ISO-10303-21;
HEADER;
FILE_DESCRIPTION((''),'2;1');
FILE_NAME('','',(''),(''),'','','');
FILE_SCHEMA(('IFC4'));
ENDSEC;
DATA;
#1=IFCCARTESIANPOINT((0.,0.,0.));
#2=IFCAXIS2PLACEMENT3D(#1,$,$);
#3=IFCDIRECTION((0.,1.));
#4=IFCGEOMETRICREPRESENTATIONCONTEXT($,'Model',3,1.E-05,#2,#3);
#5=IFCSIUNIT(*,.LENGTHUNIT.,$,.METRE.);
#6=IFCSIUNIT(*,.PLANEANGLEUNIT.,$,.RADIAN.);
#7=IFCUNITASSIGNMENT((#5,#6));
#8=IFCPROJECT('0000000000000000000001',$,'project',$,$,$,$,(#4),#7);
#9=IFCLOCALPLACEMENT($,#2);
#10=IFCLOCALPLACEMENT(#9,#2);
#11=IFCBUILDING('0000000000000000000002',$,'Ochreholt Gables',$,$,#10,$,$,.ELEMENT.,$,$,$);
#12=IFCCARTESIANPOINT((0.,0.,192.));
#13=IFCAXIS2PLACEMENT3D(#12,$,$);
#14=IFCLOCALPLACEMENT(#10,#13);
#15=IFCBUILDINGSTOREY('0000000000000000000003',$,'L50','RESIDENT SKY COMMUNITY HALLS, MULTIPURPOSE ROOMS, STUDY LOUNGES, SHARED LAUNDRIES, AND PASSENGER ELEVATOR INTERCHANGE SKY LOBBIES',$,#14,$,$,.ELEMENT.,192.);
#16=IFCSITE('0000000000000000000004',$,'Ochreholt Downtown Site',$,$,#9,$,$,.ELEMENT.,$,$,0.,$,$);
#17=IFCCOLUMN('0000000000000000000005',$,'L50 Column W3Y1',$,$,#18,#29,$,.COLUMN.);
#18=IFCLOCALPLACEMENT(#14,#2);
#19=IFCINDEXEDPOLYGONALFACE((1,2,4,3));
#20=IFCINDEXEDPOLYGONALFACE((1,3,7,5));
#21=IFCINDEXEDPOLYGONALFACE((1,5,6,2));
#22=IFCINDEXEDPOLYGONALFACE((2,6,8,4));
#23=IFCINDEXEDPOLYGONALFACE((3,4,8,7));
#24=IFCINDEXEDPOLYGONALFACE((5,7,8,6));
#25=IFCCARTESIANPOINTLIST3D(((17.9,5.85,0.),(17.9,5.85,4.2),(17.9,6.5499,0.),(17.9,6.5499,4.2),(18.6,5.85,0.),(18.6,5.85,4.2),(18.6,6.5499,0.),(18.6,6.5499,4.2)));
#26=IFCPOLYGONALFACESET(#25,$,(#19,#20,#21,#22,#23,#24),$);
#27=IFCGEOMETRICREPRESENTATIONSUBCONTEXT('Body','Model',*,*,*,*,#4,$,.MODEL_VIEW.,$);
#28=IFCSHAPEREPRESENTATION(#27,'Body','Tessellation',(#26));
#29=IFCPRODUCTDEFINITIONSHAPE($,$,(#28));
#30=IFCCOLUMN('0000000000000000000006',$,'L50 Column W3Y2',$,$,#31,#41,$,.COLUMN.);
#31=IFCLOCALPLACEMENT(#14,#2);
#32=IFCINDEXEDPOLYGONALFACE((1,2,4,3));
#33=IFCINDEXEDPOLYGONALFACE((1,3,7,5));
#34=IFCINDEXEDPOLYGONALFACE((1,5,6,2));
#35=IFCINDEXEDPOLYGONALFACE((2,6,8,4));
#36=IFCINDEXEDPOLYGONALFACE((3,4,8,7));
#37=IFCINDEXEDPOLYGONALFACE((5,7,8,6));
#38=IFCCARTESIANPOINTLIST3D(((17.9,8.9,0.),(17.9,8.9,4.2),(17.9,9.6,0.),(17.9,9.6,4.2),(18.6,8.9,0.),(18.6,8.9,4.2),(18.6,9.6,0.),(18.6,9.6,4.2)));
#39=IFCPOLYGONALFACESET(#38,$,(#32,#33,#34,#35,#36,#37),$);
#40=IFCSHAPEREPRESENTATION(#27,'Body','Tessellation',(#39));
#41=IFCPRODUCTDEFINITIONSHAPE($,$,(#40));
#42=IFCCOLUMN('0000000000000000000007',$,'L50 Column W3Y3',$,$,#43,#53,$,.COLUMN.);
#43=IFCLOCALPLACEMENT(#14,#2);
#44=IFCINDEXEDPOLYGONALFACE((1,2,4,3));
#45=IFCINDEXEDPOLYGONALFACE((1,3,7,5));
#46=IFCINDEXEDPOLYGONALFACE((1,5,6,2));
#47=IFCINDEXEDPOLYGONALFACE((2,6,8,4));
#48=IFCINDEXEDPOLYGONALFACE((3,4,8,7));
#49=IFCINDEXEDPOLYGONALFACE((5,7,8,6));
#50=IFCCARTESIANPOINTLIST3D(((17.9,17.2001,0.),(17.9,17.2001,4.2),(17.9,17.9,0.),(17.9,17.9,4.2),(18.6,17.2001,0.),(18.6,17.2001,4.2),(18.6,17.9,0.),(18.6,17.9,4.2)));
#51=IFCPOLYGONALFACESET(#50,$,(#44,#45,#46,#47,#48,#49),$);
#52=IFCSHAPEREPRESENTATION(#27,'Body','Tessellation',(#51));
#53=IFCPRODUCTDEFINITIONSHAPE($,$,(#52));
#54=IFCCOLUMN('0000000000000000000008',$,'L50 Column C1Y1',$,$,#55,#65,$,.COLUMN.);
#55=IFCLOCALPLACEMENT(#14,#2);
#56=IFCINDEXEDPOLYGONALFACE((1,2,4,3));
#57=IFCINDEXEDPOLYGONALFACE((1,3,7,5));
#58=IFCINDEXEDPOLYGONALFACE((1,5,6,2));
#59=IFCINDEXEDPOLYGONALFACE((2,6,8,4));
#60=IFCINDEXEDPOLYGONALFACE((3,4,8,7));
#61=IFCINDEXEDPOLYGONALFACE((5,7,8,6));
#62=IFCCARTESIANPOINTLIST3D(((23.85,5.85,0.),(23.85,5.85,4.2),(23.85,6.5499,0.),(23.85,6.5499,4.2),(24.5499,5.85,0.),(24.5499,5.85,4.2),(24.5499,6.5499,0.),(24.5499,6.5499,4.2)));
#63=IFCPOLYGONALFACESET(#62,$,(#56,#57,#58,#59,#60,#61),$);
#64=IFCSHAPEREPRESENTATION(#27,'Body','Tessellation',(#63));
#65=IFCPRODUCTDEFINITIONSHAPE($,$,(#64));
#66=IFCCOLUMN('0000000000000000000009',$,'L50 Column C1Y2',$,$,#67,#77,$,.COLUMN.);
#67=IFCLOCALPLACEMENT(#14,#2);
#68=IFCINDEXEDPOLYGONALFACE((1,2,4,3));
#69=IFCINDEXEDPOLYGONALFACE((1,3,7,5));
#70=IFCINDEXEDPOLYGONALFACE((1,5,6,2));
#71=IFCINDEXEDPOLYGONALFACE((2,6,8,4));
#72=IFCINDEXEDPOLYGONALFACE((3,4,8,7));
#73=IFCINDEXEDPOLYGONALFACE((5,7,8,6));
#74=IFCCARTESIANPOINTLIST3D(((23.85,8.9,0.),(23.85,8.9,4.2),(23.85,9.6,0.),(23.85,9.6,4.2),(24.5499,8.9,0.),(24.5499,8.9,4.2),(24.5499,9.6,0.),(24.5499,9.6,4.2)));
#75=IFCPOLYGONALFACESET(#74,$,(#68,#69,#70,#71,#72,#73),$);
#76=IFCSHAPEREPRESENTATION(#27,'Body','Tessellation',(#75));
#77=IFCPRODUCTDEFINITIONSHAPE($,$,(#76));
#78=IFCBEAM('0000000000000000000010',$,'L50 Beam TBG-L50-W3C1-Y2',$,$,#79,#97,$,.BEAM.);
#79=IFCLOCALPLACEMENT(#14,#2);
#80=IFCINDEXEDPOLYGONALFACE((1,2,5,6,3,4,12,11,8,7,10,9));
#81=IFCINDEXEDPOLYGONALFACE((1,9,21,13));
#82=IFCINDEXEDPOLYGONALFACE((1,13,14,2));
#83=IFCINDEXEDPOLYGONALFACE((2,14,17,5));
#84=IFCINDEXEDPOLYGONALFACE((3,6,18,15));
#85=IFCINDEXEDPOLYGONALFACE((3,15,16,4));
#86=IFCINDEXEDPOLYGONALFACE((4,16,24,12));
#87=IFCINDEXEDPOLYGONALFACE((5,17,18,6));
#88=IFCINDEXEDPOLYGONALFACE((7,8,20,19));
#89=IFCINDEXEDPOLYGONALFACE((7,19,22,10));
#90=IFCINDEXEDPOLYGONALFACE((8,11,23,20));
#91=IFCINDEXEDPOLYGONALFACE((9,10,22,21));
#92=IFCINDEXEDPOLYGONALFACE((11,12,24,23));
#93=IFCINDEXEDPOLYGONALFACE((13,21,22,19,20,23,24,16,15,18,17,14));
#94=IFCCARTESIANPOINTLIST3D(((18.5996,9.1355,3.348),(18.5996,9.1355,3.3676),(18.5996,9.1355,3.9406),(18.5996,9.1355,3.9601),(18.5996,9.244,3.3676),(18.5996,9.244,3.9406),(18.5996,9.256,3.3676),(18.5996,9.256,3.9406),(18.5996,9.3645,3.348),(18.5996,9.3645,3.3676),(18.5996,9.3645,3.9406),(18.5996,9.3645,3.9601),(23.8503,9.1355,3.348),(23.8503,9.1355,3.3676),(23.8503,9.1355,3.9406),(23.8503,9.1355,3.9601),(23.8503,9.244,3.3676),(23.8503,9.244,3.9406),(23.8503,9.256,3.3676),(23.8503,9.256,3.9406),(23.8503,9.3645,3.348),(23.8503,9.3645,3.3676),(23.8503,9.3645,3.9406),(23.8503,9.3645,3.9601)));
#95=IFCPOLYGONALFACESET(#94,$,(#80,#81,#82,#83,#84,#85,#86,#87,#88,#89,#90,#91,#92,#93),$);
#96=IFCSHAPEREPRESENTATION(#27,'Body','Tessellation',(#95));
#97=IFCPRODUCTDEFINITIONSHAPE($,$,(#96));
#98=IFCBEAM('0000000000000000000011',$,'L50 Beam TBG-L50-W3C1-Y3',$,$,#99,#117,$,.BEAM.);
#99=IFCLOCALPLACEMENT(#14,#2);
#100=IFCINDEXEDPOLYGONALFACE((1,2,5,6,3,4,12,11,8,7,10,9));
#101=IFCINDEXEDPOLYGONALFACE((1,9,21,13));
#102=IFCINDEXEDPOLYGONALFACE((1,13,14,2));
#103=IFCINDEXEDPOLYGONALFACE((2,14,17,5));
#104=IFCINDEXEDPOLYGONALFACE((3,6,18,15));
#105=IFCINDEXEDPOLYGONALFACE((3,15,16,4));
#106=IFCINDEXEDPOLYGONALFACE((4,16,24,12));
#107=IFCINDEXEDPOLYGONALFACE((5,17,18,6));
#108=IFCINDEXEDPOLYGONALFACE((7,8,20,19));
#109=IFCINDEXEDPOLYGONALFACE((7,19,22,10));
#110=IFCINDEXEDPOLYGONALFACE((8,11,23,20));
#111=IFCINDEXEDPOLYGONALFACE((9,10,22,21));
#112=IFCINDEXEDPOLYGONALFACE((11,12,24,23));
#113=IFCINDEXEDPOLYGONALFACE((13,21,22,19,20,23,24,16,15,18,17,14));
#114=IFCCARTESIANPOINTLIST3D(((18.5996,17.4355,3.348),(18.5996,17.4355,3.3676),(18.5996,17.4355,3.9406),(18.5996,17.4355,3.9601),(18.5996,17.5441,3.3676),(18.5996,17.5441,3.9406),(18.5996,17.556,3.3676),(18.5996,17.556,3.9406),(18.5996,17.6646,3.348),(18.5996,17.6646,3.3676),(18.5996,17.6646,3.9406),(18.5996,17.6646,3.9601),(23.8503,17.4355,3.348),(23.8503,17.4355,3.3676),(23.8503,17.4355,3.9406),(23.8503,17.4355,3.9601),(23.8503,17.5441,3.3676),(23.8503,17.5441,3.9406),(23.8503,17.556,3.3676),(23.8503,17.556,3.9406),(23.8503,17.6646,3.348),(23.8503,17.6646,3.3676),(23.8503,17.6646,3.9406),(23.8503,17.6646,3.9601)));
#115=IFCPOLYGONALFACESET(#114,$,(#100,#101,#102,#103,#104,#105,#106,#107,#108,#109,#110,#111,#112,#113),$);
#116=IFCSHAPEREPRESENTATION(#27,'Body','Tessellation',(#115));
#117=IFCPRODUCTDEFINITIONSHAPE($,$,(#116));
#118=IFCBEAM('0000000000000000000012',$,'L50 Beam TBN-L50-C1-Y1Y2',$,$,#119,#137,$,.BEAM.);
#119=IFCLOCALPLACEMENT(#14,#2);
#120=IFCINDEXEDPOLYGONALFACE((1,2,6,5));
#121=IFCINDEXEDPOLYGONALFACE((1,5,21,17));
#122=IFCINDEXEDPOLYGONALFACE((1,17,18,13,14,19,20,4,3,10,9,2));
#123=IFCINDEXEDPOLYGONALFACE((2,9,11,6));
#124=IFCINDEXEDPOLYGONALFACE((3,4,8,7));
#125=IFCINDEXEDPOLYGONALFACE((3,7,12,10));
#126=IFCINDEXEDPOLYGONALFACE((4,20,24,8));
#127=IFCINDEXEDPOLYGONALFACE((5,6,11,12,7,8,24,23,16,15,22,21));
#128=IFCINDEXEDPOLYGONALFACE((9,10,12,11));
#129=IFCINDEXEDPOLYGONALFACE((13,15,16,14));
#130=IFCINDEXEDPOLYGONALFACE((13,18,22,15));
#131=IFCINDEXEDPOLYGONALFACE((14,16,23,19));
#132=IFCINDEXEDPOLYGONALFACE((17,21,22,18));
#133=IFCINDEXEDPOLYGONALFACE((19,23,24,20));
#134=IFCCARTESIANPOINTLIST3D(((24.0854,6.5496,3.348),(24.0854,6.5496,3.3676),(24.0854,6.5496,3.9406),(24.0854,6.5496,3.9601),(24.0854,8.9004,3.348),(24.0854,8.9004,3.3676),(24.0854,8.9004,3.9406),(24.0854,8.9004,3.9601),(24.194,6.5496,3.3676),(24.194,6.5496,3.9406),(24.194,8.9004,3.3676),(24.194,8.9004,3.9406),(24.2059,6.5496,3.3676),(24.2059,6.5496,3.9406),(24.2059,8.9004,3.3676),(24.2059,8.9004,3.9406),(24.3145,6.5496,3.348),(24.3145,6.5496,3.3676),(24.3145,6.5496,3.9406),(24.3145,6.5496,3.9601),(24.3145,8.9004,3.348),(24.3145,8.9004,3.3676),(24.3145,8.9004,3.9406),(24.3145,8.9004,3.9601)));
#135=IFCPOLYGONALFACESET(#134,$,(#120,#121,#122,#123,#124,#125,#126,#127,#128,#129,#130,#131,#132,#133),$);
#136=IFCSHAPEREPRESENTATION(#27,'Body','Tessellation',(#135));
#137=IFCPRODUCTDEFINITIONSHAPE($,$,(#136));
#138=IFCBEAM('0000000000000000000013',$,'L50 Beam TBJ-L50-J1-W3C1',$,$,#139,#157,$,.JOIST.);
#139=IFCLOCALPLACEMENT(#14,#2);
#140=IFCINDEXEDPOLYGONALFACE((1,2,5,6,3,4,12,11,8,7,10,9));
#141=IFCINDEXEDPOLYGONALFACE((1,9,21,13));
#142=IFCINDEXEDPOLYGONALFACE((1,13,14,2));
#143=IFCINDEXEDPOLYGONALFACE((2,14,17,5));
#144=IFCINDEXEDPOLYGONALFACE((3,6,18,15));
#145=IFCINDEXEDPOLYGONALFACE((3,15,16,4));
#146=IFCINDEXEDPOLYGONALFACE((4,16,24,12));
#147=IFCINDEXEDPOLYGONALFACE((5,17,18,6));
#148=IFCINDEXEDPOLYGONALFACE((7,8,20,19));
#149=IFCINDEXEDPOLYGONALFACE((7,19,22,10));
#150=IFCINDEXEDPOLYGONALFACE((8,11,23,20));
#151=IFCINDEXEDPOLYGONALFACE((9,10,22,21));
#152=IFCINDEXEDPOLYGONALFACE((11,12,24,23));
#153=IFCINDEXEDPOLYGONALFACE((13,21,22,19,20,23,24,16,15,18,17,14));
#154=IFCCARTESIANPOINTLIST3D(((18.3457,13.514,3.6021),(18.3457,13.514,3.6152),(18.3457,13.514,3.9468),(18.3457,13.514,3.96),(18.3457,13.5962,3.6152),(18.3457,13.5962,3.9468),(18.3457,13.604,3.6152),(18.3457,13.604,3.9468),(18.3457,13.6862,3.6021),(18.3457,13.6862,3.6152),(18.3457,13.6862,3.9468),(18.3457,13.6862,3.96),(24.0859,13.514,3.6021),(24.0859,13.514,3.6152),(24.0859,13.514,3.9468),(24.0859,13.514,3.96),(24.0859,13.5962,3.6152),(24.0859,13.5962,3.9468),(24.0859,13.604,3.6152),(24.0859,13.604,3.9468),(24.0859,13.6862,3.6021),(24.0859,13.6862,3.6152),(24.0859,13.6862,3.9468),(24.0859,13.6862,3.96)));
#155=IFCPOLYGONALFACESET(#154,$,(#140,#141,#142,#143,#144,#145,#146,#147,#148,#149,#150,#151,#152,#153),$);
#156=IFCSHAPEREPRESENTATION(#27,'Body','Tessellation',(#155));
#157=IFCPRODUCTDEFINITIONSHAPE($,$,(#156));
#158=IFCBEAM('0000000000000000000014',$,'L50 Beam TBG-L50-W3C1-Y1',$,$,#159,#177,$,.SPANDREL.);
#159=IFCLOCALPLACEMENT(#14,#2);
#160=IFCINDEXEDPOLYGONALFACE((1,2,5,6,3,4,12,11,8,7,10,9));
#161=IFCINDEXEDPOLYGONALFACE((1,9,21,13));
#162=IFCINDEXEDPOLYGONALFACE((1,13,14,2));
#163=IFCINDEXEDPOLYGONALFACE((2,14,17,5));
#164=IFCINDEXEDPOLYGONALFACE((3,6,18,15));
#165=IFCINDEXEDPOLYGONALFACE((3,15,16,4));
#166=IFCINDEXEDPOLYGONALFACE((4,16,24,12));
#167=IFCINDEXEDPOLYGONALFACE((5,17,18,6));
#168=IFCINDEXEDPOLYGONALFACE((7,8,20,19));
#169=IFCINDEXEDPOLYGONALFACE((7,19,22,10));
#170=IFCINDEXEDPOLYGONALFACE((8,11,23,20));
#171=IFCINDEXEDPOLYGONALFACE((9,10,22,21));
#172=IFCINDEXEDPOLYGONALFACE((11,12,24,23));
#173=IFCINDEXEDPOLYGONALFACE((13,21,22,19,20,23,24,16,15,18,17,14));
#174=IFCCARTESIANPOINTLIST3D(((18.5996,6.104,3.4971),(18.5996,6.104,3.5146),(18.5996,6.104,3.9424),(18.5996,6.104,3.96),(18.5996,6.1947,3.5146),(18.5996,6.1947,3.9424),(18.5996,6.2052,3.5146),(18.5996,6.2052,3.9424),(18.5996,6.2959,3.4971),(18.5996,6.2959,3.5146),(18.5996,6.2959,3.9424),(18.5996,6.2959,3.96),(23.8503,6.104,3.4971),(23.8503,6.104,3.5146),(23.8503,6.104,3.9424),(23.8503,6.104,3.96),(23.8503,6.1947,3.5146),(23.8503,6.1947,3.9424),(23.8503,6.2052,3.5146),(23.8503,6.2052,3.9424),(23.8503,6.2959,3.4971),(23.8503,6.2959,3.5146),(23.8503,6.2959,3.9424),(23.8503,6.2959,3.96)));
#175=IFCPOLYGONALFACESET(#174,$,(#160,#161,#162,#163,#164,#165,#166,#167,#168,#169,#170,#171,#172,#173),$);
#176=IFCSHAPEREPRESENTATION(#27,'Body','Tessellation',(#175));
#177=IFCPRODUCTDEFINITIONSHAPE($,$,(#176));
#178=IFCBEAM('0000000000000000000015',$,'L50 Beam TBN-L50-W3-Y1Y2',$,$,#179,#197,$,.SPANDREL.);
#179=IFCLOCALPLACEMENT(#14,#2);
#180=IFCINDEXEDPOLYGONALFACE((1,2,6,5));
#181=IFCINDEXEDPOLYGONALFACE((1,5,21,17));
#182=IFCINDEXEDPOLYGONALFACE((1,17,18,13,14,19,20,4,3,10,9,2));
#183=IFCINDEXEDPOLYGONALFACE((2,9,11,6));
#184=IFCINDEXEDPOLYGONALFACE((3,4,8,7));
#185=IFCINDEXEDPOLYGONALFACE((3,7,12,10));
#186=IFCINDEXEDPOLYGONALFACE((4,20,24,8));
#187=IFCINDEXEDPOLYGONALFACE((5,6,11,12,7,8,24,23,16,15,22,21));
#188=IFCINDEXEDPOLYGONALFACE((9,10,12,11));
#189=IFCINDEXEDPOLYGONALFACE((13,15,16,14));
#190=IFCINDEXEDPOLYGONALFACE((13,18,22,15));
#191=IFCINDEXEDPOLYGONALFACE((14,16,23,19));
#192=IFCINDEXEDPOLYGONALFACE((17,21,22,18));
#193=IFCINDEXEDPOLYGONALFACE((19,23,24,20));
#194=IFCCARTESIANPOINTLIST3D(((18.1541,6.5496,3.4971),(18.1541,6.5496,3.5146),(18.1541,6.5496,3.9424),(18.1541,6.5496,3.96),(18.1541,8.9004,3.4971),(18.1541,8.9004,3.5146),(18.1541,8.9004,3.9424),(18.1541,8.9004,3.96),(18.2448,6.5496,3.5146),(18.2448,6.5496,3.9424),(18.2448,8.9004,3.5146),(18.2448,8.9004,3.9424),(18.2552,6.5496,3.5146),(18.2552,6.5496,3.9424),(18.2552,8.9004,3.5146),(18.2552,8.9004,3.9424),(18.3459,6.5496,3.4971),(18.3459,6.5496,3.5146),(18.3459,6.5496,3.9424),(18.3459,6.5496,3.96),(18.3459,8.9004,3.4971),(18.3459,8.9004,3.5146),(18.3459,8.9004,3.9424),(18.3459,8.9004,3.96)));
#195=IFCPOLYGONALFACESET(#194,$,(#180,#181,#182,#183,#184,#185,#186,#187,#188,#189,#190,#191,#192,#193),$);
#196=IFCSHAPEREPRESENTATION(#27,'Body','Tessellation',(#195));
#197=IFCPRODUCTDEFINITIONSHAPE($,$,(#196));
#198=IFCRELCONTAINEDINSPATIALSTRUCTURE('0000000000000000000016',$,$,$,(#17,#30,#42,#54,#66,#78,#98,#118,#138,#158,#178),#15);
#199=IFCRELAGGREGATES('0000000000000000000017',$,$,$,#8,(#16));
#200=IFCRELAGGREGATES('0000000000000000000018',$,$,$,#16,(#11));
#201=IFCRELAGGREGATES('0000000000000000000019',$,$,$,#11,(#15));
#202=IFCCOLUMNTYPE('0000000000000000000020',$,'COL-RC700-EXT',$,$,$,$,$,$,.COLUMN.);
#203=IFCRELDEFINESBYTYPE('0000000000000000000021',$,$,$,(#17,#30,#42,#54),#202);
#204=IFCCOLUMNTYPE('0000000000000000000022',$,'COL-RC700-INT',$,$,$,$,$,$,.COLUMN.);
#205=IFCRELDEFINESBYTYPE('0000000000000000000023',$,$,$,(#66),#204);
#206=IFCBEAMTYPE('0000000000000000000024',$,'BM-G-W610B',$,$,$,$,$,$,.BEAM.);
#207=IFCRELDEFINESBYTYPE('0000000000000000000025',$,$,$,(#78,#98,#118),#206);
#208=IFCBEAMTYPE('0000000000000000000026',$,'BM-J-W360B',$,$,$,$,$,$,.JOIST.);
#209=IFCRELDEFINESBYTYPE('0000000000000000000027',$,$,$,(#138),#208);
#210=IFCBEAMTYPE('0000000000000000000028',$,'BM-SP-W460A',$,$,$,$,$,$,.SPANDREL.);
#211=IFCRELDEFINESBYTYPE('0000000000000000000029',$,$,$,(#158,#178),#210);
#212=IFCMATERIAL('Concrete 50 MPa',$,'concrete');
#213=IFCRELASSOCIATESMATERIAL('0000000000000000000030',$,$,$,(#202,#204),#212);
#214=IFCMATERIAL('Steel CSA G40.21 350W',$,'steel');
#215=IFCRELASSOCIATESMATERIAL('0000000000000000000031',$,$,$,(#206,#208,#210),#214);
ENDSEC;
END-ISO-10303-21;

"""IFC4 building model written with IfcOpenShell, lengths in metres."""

from ifc_helpers import new_model, si_unit, direction, frame, origin, origin_2d, place, context, subcontext, project, spatial, rectangle, i_section, extrude, material, material_profile, profile_set, type_object, element, save


model = new_model("IFC4")

# Units and contexts
model_context = context("Model", 3, precision=1e-05, world=origin(), true_north=direction((0.0, 1.0)))
body_context = subcontext(model_context, "Body", "Model", "MODEL_VIEW")
ifc_project = project(units=[si_unit("LENGTHUNIT", "METRE"), si_unit("PLANEANGLEUNIT", "RADIAN")], contexts=[model_context])

# Site, building, storey
site_placement = place(None, origin())
site = spatial("IfcSite", under=ifc_project, at=site_placement, Name="Ochreholt Downtown Site", CompositionType="ELEMENT", RefElevation=0.0)
building_placement = place(site_placement, origin())
building = spatial("IfcBuilding", under=site, at=building_placement, Name="Ochreholt Gables", CompositionType="ELEMENT")
storey_placement = place(building_placement, frame((0.0, 0.0, 192.0)))
storey = spatial("IfcBuildingStorey", under=building, at=storey_placement, Name="L50", Description="RESIDENT SKY COMMUNITY HALLS, MULTIPURPOSE ROOMS, STUDY LOUNGES, SHARED LAUNDRIES, AND PASSENGER ELEVATOR INTERCHANGE SKY LOBBIES", CompositionType="ELEMENT", Elevation=192.0)

# Columns
ifc_material_1 = material(Name="Concrete 50 MPa", Category="concrete")
ifc_material_profile_1 = material_profile(ifc_material_1, rectangle(XDim=0.7, YDim=0.7, at=origin_2d()), Name="RC700X700")
ifc_profile_set_1 = profile_set([ifc_material_profile_1], Name="Concrete 50 MPa")
column_type_1 = type_object("IfcColumnType", Name="COL-RC700-EXT", PredefinedType="COLUMN", material=ifc_profile_set_1)
for number, where, z_axis, x_axis, name in (
    (1, (18.25, 6.2, 0.0), (0.0, 0.0, 1.0), (1.0, 0.0, 0.0), "L50 Column W3Y1"),
    (2, (18.25, 9.25, 0.0), (0.0, 0.0, 1.0), (1.0, 0.0, 0.0), "L50 Column W3Y2"),
    (3, (18.25, 17.55, 0.0), (0.0, 0.0, 1.0), (1.0, 0.0, 0.0), "L50 Column W3Y3"),
    (4, (24.2, 6.2, 0.0), (0.0, 0.0, 1.0), (1.0, 0.0, 0.0), "L50 Column C1Y1"),
):
    element("IfcColumn", number, at=place(storey_placement, frame(where, z_axis=z_axis, x_axis=x_axis)), inside=storey, type_object=column_type_1, Name=name, PredefinedType="COLUMN", context=body_context, shape_type="SweptSolid", body=[
        extrude(rectangle(XDim=0.7, YDim=0.7, at=origin_2d()), origin(), (0.0, 0.0, 1.0), 4.2),
    ])
ifc_material_profile_2 = material_profile(ifc_material_1, rectangle(XDim=0.7, YDim=0.7, at=origin_2d()), Name="RC700X700")
ifc_profile_set_2 = profile_set([ifc_material_profile_2], Name="Concrete 50 MPa")
column_type_2 = type_object("IfcColumnType", Name="COL-RC700-INT", PredefinedType="COLUMN", material=ifc_profile_set_2)
column_placement = place(storey_placement, frame((24.2, 9.25, 0.0), z_axis=(0.0, 0.0, 1.0), x_axis=(1.0, 0.0, 0.0)))
element("IfcColumn", 5, at=column_placement, inside=storey, type_object=column_type_2, Name="L50 Column C1Y2", PredefinedType="COLUMN", context=body_context, shape_type="SweptSolid", body=[
    extrude(rectangle(XDim=0.7, YDim=0.7, at=origin_2d()), origin(), (0.0, 0.0, 1.0), 4.2),
])

# Beams
ifc_material_2 = material(Name="Steel CSA G40.21 350W", Category="steel")
ifc_material_profile_3 = material_profile(ifc_material_2, i_section(OverallWidth=0.229, OverallDepth=0.6121, WebThickness=0.012, FlangeThickness=0.0195, at=origin_2d()), Name="W610X125")
ifc_profile_set_3 = profile_set([ifc_material_profile_3], Name="Steel CSA G40.21 350W")
beam_type_1 = type_object("IfcBeamType", Name="BM-G-W610B", PredefinedType="BEAM", material=ifc_profile_set_3)
for number, where, z_axis, x_axis, name in (
    (6, (18.5996, 9.25, 3.6541), (1.0, 0.0, 0.0), (0.0, 1.0, 0.0), "L50 Beam TBG-L50-W3C1-Y2"),
    (7, (18.5996, 17.55, 3.6541), (1.0, 0.0, 0.0), (0.0, 1.0, 0.0), "L50 Beam TBG-L50-W3C1-Y3"),
):
    element("IfcBeam", number, at=place(storey_placement, frame(where, z_axis=z_axis, x_axis=x_axis)), inside=storey, type_object=beam_type_1, Name=name, PredefinedType="BEAM", context=body_context, shape_type="SweptSolid", body=[
        extrude(i_section(OverallWidth=0.229, OverallDepth=0.6121, WebThickness=0.012, FlangeThickness=0.0195, at=origin_2d()), origin(), (0.0, 0.0, 1.0), 5.2507),
    ])
beam_1_placement = place(storey_placement, frame((24.2, 6.5496, 3.6541), z_axis=(0.0, 1.0, 0.0), x_axis=(-1.0, 0.0, 0.0)))
element("IfcBeam", 8, at=beam_1_placement, inside=storey, type_object=beam_type_1, Name="L50 Beam TBN-L50-C1-Y1Y2", PredefinedType="BEAM", context=body_context, shape_type="SweptSolid", body=[
    extrude(i_section(OverallWidth=0.229, OverallDepth=0.6121, WebThickness=0.012, FlangeThickness=0.0195, at=origin_2d()), origin(), (0.0, 0.0, 1.0), 2.3508),
])
ifc_material_profile_4 = material_profile(ifc_material_2, i_section(OverallWidth=0.1721, OverallDepth=0.3579, WebThickness=0.0078, FlangeThickness=0.0132, at=origin_2d()), Name="W360X57")
ifc_profile_set_4 = profile_set([ifc_material_profile_4], Name="Steel CSA G40.21 350W")
beam_type_2 = type_object("IfcBeamType", Name="BM-J-W360B", PredefinedType="JOIST", material=ifc_profile_set_4)
beam_2_placement = place(storey_placement, frame((18.3457, 13.6001, 3.781), z_axis=(1.0, 0.0, 0.0), x_axis=(0.0, 1.0, 0.0)))
element("IfcBeam", 9, at=beam_2_placement, inside=storey, type_object=beam_type_2, Name="L50 Beam TBJ-L50-J1-W3C1", PredefinedType="JOIST", context=body_context, shape_type="SweptSolid", body=[
    extrude(i_section(OverallWidth=0.1721, OverallDepth=0.3579, WebThickness=0.0078, FlangeThickness=0.0132, at=origin_2d()), origin(), (0.0, 0.0, 1.0), 5.7402),
])
ifc_material_profile_5 = material_profile(ifc_material_2, i_section(OverallWidth=0.1919, OverallDepth=0.4629, WebThickness=0.0105, FlangeThickness=0.0176, at=origin_2d()), Name="W460X89")
ifc_profile_set_5 = profile_set([ifc_material_profile_5], Name="Steel CSA G40.21 350W")
beam_type_3 = type_object("IfcBeamType", Name="BM-SP-W460A", PredefinedType="SPANDREL", material=ifc_profile_set_5)
beam_3_placement = place(storey_placement, frame((18.5996, 6.2, 3.7285), z_axis=(1.0, 0.0, 0.0), x_axis=(0.0, 1.0, 0.0)))
element("IfcBeam", 10, at=beam_3_placement, inside=storey, type_object=beam_type_3, Name="L50 Beam TBG-L50-W3C1-Y1", PredefinedType="SPANDREL", context=body_context, shape_type="SweptSolid", body=[
    extrude(i_section(OverallWidth=0.1919, OverallDepth=0.4629, WebThickness=0.0105, FlangeThickness=0.0176, at=origin_2d()), origin(), (0.0, 0.0, 1.0), 5.2507),
])
beam_4_placement = place(storey_placement, frame((18.25, 6.5496, 3.7285), z_axis=(0.0, 1.0, 0.0), x_axis=(-1.0, 0.0, 0.0)))
element("IfcBeam", 11, at=beam_4_placement, inside=storey, type_object=beam_type_3, Name="L50 Beam TBN-L50-W3-Y1Y2", PredefinedType="SPANDREL", context=body_context, shape_type="SweptSolid", body=[
    extrude(i_section(OverallWidth=0.1919, OverallDepth=0.4629, WebThickness=0.0105, FlangeThickness=0.0176, at=origin_2d()), origin(), (0.0, 0.0, 1.0), 2.3508),
])

save(model, "model.ifc")
